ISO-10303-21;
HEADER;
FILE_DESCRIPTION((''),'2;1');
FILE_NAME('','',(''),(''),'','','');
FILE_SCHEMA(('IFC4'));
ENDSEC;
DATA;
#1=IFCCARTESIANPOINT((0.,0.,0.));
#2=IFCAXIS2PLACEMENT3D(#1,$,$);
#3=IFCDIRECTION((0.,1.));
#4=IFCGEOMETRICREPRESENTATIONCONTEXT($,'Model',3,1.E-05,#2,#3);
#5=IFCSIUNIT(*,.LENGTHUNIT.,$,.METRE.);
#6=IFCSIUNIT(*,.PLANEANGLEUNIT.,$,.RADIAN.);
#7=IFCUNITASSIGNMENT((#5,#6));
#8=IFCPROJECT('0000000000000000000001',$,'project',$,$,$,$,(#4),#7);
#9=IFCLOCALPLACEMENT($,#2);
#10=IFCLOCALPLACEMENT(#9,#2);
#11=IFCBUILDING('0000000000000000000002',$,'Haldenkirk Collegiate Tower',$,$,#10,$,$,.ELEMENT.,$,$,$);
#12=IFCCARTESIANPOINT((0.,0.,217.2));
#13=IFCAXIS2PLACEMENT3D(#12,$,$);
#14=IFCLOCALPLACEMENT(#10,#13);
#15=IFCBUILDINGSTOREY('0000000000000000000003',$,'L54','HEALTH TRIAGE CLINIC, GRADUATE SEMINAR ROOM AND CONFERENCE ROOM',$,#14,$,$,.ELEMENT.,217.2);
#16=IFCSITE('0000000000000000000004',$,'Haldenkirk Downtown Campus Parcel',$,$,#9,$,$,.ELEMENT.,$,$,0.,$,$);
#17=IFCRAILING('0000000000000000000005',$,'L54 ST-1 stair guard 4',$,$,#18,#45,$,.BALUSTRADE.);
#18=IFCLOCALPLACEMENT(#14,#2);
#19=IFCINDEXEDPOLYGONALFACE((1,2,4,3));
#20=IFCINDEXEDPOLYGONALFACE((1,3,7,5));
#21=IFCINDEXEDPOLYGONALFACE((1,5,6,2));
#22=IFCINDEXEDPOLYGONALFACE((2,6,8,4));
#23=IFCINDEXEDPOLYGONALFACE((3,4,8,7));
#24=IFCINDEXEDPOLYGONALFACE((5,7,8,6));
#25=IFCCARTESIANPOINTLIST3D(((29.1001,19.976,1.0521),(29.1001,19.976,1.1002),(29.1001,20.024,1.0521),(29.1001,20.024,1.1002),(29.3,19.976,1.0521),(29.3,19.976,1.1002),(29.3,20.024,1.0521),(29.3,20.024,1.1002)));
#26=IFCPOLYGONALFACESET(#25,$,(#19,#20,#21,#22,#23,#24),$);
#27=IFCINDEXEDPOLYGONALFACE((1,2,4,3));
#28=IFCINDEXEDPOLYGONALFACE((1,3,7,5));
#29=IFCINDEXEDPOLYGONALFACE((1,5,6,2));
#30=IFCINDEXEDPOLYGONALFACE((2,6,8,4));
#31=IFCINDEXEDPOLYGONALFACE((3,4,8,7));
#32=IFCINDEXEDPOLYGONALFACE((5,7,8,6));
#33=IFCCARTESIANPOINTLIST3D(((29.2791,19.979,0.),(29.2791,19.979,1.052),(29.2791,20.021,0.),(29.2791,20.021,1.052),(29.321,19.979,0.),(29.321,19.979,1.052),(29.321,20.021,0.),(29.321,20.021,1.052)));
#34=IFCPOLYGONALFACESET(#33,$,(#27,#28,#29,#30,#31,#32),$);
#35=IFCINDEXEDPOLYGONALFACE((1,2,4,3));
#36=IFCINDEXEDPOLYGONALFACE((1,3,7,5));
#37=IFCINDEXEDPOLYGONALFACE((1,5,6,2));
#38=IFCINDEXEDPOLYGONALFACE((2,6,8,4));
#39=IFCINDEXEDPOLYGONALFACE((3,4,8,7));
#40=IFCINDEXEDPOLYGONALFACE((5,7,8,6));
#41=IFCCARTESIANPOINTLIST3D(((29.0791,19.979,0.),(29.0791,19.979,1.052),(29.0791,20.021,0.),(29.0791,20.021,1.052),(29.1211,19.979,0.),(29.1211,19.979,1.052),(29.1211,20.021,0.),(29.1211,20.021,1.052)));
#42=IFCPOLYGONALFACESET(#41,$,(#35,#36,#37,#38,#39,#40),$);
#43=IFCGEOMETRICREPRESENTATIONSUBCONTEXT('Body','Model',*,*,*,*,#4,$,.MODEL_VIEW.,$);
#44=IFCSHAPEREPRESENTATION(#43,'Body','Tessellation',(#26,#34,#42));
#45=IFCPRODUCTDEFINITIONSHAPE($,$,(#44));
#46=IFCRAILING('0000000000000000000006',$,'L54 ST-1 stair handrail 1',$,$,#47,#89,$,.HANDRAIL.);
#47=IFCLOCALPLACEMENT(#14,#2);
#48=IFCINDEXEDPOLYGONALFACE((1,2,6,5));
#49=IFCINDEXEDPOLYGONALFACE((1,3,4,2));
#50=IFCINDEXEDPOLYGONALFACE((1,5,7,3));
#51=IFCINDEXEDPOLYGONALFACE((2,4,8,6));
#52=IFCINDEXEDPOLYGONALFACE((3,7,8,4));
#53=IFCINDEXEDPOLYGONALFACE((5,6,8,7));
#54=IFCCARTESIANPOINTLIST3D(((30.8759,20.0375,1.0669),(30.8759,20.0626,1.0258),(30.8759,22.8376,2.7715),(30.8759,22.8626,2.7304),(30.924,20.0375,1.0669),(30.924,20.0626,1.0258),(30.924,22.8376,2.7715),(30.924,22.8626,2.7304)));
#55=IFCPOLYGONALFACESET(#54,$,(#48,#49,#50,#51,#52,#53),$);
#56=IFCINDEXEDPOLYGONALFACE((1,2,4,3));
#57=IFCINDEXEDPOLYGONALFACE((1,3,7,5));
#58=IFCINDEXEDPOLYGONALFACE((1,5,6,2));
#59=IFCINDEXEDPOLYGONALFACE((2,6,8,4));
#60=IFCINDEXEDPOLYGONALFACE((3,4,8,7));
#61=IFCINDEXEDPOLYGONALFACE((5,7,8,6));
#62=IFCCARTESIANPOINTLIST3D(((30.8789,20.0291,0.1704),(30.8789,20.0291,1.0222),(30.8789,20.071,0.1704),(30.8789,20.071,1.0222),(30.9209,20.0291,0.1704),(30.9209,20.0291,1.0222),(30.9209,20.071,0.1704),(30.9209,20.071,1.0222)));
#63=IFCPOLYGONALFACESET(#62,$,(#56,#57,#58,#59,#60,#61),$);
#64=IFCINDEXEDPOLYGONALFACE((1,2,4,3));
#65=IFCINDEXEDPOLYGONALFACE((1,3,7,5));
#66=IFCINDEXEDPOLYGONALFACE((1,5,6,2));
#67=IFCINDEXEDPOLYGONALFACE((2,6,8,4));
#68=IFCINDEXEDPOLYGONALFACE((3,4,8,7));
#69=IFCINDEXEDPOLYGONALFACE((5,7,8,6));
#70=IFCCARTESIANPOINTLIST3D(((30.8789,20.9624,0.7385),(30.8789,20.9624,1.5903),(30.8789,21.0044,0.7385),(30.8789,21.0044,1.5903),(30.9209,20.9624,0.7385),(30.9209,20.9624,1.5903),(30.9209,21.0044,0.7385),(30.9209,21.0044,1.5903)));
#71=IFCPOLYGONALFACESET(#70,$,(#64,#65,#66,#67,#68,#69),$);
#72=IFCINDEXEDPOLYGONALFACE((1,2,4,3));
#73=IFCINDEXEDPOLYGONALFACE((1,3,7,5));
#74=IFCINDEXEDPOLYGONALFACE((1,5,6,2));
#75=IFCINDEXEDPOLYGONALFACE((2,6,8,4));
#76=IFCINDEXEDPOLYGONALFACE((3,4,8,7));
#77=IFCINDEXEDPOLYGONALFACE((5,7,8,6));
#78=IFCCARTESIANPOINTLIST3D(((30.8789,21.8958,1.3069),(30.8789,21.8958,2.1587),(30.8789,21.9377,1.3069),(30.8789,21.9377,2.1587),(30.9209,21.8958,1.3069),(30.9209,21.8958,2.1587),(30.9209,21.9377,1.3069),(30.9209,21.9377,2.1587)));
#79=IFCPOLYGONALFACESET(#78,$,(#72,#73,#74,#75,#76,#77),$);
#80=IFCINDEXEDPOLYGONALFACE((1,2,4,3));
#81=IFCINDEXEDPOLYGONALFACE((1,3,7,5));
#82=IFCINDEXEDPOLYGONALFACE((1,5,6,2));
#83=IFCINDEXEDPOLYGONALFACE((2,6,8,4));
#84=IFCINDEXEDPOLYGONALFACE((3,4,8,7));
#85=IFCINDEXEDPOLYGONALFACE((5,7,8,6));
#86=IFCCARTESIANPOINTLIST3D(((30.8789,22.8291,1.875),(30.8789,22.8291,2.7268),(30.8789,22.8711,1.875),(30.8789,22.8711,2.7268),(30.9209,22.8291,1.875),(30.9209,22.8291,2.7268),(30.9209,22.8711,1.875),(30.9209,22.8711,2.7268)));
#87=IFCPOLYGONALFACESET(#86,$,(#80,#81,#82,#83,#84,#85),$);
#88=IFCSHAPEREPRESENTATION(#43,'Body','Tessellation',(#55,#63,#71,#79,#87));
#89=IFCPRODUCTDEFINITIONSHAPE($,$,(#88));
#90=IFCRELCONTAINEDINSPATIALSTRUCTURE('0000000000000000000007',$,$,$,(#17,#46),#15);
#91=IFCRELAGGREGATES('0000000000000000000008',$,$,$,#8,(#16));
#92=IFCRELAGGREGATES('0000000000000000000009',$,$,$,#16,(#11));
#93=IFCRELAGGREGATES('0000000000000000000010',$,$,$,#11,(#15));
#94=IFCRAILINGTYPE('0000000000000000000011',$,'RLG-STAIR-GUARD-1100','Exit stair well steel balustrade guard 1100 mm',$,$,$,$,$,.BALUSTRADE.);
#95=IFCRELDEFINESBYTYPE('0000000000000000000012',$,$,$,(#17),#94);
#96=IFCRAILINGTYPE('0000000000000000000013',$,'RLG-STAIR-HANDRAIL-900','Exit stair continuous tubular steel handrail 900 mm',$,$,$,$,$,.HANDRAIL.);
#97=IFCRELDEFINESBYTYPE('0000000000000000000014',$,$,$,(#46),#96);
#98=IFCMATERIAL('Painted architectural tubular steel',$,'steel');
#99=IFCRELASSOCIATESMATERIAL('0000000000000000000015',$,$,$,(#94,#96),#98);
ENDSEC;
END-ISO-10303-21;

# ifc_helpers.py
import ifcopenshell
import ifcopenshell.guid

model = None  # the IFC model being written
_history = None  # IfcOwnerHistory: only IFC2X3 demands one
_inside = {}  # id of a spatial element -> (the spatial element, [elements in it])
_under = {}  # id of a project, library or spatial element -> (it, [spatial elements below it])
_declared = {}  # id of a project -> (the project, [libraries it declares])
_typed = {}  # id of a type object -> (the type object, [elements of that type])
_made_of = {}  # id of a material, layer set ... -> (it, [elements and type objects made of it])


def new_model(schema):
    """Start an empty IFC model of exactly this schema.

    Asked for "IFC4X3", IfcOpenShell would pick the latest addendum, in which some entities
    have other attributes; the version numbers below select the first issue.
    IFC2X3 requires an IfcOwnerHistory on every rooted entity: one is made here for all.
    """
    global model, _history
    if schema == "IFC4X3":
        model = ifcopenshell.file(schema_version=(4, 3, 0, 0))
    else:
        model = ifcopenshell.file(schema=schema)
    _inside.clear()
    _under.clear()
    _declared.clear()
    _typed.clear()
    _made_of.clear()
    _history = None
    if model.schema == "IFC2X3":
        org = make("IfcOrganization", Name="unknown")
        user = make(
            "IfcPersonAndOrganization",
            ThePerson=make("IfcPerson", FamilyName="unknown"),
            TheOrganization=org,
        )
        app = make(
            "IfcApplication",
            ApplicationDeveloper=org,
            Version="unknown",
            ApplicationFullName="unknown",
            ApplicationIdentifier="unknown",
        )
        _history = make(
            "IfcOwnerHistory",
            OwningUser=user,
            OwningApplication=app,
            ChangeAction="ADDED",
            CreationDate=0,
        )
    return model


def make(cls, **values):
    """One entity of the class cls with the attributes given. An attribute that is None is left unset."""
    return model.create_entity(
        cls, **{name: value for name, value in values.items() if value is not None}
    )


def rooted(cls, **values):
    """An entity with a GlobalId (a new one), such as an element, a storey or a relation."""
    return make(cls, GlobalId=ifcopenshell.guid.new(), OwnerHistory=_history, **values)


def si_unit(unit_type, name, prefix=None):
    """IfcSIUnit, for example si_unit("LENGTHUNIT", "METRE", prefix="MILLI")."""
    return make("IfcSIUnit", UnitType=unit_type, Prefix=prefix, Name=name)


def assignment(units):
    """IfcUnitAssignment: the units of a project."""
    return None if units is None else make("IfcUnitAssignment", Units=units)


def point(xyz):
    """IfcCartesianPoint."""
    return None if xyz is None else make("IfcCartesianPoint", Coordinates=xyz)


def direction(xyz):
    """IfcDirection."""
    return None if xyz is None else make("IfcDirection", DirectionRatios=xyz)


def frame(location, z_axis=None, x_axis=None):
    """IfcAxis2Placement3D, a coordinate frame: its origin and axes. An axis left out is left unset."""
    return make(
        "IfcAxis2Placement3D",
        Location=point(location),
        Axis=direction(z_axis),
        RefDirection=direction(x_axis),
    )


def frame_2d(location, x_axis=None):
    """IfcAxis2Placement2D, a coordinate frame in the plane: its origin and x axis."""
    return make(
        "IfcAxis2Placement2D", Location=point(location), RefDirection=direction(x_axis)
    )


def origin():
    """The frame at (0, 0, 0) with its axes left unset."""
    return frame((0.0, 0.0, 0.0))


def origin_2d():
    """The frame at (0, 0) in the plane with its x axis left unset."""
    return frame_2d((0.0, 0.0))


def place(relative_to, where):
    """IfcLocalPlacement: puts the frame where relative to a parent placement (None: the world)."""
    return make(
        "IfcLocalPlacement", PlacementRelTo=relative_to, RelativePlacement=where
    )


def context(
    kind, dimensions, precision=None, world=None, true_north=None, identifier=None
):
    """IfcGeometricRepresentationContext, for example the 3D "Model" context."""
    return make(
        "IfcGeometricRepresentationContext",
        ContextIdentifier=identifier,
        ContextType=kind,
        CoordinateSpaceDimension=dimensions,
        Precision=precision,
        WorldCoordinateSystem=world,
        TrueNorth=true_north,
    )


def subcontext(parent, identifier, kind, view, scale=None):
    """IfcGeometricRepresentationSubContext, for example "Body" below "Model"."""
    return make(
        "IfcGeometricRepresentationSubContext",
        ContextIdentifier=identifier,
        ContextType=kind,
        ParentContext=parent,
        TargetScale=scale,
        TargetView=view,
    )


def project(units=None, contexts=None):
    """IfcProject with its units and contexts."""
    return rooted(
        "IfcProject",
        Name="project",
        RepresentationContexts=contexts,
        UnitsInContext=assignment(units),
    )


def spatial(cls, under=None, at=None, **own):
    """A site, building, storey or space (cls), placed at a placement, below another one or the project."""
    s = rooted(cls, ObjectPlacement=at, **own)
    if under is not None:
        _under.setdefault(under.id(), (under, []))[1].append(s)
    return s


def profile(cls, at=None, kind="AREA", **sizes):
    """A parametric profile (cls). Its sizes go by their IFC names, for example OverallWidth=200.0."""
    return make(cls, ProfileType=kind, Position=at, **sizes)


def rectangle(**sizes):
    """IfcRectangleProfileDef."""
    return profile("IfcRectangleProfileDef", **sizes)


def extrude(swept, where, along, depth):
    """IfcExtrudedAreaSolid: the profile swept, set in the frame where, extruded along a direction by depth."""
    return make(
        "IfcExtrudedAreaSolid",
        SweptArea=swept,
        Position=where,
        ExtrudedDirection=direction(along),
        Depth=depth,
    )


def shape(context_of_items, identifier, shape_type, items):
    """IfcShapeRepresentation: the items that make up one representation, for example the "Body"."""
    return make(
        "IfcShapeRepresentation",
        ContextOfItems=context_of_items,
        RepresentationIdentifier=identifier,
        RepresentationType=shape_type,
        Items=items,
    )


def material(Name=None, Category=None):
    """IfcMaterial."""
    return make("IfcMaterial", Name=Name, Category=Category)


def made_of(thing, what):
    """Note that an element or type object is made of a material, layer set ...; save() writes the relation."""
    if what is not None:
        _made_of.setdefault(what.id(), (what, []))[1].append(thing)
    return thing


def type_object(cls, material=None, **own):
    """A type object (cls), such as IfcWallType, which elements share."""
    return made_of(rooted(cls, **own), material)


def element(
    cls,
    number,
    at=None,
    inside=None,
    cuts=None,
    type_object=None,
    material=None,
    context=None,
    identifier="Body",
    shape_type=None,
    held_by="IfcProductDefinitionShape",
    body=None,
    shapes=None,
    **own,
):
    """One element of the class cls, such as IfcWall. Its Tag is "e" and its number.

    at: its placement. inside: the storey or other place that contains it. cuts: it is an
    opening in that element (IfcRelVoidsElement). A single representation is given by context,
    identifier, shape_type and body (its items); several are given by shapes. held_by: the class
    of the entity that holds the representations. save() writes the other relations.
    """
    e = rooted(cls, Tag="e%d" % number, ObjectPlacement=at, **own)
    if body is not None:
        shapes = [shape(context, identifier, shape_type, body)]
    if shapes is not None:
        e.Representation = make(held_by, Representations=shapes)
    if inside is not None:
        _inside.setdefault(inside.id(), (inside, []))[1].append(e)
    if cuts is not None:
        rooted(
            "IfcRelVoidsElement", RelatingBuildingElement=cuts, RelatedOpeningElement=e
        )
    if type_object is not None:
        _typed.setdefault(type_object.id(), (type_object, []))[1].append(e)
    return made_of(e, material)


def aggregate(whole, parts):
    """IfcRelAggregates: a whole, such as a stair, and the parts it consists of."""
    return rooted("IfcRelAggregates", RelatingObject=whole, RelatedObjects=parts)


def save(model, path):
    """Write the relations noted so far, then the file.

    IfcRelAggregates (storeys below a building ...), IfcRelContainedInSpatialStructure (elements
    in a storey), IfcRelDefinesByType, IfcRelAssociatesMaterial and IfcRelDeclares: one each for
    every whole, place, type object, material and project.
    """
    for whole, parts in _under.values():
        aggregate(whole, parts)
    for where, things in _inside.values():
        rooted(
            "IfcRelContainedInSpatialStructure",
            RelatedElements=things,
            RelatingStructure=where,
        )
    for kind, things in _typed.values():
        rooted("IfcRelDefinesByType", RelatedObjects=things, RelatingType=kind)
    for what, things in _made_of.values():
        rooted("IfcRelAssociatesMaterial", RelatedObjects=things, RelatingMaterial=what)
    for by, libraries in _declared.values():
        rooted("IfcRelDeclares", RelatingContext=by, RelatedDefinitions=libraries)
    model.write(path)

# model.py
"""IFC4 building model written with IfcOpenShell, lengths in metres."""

from ifc_helpers import new_model, si_unit, direction, frame, origin, origin_2d, place, context, subcontext, project, spatial, rectangle, extrude, material, type_object, element, save


model = new_model("IFC4")

# Units and contexts
model_context = context("Model", 3, precision=1e-05, world=origin(), true_north=direction((0.0, 1.0)))
body_context = subcontext(model_context, "Body", "Model", "MODEL_VIEW")
ifc_project = project(units=[si_unit("LENGTHUNIT", "METRE"), si_unit("PLANEANGLEUNIT", "RADIAN")], contexts=[model_context])

# Site, building, storey
site_placement = place(None, origin())
site = spatial("IfcSite", under=ifc_project, at=site_placement, Name="Haldenkirk Downtown Campus Parcel", CompositionType="ELEMENT", RefElevation=0.0)
building_placement = place(site_placement, origin())
building = spatial("IfcBuilding", under=site, at=building_placement, Name="Haldenkirk Collegiate Tower", CompositionType="ELEMENT")
storey_placement = place(building_placement, frame((0.0, 0.0, 217.2)))
storey = spatial("IfcBuildingStorey", under=building, at=storey_placement, Name="L54", Description="HEALTH TRIAGE CLINIC, GRADUATE SEMINAR ROOM AND CONFERENCE ROOM", CompositionType="ELEMENT", Elevation=217.2)

# Railings
ifc_material_1 = material(Name="Painted architectural tubular steel", Category="steel")
railing_type_1 = type_object("IfcRailingType", Name="RLG-STAIR-GUARD-1100", Description="Exit stair well steel balustrade guard 1100 mm", PredefinedType="BALUSTRADE", material=ifc_material_1)
railing_1_placement = place(storey_placement, frame((29.3, 20.0, 0.0)))
element("IfcRailing", 1, at=railing_1_placement, inside=storey, type_object=railing_type_1, Name="L54 ST-1 stair guard 4", PredefinedType="BALUSTRADE", context=body_context, shape_type="SweptSolid", body=[
    extrude(rectangle(XDim=0.0481, YDim=0.0481, at=origin_2d()), frame((0.0, 0.0, 1.0762), z_axis=(-1.0, 0.0, 0.0), x_axis=(0.0, -1.0, 0.0)), (0.0, 0.0, 1.0), 0.2),
    extrude(rectangle(XDim=0.042, YDim=0.042, at=origin_2d()), origin(), (0.0, 0.0, 1.0), 1.052),
    extrude(rectangle(XDim=0.042, YDim=0.042, at=origin_2d()), frame((-0.2, 0.0, 0.0)), (0.0, 0.0, 1.0), 1.052),
])
railing_type_2 = type_object("IfcRailingType", Name="RLG-STAIR-HANDRAIL-900", Description="Exit stair continuous tubular steel handrail 900 mm", PredefinedType="HANDRAIL", material=ifc_material_1)
railing_2_placement = place(storey_placement, frame((30.8999, 20.05, 0.1704)))
element("IfcRailing", 2, at=railing_2_placement, inside=storey, type_object=railing_type_2, Name="L54 ST-1 stair handrail 1", PredefinedType="HANDRAIL", context=body_context, shape_type="SweptSolid", body=[
    extrude(rectangle(XDim=0.0481, YDim=0.0481, at=origin_2d()), frame((0.0, 0.0, 0.876), z_axis=(0.0, 0.85417, 0.519994), x_axis=(-1.0, 0.0, 0.0)), (0.0, 0.0, 1.0), 3.2781),
    extrude(rectangle(XDim=0.042, YDim=0.042, at=origin_2d()), origin(), (0.0, 0.0, 1.0), 0.8518),
    extrude(rectangle(XDim=0.042, YDim=0.042, at=origin_2d()), frame((0.0, 0.9333, 0.5681)), (0.0, 0.0, 1.0), 0.8518),
    extrude(rectangle(XDim=0.042, YDim=0.042, at=origin_2d()), frame((0.0, 1.8667, 1.1365)), (0.0, 0.0, 1.0), 0.8518),
    extrude(rectangle(XDim=0.042, YDim=0.042, at=origin_2d()), frame((0.0, 2.8, 1.7046)), (0.0, 0.0, 1.0), 0.8518),
])

save(model, "model.ifc")
